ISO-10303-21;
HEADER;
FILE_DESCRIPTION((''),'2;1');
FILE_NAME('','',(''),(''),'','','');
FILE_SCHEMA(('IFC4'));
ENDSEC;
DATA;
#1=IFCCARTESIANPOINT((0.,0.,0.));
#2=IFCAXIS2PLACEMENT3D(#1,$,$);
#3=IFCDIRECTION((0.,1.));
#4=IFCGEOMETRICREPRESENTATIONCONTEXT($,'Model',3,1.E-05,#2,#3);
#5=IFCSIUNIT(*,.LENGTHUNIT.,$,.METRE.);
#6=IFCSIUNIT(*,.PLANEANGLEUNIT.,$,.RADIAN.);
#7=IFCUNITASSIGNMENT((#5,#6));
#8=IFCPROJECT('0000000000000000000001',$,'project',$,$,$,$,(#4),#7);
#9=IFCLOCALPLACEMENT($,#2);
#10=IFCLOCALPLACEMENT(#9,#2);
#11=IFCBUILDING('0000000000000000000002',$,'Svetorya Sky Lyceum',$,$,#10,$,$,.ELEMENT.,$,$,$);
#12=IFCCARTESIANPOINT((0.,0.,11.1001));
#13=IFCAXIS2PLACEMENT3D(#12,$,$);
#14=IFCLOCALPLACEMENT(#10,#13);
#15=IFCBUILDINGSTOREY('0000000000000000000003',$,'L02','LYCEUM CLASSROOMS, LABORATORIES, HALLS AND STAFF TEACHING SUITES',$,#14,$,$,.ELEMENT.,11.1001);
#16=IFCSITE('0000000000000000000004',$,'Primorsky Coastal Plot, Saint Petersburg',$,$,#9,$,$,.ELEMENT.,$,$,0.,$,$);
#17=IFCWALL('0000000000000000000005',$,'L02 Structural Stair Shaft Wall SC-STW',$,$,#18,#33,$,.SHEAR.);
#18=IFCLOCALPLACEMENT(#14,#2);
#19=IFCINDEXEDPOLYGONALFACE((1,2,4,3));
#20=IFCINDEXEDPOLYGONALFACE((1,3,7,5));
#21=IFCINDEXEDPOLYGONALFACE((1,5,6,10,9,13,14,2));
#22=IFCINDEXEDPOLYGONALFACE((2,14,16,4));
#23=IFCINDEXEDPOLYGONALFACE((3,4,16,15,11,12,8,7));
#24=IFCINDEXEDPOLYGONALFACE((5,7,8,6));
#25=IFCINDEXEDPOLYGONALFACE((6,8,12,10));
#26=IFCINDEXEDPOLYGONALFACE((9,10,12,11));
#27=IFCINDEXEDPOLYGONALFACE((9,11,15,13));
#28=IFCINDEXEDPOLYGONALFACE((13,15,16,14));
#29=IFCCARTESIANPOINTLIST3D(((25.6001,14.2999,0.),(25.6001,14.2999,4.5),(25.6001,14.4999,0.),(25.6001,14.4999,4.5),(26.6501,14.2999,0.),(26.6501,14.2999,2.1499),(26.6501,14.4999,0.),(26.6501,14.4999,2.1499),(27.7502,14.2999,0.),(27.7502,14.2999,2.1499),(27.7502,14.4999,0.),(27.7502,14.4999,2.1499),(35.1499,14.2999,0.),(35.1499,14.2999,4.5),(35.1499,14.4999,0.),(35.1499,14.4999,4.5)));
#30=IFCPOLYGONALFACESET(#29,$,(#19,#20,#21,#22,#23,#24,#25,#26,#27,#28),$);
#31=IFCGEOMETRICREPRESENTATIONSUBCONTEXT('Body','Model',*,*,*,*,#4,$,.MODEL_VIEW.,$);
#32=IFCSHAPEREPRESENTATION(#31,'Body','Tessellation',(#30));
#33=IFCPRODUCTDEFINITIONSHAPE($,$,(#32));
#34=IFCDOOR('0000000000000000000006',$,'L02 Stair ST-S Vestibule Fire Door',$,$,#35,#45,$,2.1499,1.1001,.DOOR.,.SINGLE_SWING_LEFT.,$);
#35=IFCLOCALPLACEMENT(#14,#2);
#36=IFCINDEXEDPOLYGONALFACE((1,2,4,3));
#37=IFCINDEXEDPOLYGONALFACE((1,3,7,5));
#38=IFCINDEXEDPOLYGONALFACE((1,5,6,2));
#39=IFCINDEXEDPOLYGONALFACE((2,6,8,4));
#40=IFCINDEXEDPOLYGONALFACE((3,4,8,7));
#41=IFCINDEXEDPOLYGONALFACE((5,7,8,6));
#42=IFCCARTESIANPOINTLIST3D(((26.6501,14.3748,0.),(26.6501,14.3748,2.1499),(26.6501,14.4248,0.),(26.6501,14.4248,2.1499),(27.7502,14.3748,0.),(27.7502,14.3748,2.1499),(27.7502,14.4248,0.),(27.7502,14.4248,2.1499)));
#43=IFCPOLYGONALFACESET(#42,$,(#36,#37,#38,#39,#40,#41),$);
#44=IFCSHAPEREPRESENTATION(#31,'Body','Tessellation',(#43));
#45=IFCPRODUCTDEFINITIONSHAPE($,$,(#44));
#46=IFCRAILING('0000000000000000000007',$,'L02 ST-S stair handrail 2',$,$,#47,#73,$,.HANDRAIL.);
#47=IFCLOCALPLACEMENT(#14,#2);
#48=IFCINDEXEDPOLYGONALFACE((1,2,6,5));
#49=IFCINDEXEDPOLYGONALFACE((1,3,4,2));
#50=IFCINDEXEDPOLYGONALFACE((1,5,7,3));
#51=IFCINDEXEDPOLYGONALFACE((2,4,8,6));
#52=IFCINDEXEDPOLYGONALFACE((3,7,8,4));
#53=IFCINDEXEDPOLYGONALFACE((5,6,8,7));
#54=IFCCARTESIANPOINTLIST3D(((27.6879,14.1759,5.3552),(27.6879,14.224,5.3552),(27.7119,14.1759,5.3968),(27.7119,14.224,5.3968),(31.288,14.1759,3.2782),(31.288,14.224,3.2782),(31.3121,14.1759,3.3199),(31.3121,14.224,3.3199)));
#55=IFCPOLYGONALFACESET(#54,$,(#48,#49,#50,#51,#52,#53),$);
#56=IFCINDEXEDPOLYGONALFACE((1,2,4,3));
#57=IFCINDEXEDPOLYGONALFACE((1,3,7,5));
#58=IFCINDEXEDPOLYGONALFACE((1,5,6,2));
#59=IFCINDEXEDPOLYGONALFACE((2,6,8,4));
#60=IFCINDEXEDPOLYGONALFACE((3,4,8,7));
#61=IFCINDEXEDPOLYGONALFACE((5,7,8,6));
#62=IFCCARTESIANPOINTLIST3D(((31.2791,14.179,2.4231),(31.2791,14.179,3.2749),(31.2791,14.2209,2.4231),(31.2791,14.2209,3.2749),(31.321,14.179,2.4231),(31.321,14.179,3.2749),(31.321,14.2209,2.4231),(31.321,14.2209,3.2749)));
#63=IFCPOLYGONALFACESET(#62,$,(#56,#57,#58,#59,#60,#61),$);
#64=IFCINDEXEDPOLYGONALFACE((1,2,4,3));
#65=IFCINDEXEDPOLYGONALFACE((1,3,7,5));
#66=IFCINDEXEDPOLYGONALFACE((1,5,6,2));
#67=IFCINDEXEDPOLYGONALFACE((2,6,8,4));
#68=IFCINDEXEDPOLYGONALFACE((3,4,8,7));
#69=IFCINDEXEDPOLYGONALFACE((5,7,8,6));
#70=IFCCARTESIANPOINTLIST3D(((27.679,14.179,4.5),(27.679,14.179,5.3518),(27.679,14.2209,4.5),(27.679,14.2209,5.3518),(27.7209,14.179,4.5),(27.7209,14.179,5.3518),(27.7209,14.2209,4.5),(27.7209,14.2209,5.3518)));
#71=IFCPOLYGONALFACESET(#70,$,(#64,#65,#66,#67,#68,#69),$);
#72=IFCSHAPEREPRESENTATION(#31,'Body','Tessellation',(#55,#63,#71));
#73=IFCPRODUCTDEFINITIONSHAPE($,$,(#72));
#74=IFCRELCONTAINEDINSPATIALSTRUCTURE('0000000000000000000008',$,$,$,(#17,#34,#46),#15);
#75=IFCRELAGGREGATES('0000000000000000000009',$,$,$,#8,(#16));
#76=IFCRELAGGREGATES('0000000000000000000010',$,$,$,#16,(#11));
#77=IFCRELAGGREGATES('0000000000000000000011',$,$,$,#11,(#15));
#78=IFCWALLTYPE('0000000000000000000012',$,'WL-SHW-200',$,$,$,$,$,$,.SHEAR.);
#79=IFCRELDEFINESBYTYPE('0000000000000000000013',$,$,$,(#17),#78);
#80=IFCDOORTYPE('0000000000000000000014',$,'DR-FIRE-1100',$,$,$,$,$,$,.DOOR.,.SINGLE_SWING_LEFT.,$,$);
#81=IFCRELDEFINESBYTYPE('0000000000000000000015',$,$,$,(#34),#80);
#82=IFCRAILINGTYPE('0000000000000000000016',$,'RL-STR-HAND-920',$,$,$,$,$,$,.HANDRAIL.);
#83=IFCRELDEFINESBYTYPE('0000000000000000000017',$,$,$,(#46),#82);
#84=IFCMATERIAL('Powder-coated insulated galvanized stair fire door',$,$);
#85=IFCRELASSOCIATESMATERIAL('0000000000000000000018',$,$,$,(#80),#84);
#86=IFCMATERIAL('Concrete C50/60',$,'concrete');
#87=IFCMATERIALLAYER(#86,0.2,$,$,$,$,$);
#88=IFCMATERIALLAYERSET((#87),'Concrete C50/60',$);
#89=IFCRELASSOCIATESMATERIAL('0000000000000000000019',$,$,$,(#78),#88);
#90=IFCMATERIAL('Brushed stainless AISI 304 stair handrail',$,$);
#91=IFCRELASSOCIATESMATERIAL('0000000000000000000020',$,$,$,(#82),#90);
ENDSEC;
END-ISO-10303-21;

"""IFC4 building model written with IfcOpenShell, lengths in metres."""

from ifc_helpers import new_model, si_unit, direction, frame, frame_2d, origin, origin_2d, place, context, subcontext, project, spatial, rectangle, extrude, material, layer, layer_set, type_object, element, fill, save


model = new_model("IFC4")

# Units and contexts
model_context = context("Model", 3, precision=1e-05, world=origin(), true_north=direction((0.0, 1.0)))
body_context = subcontext(model_context, "Body", "Model", "MODEL_VIEW")
ifc_project = project(units=[si_unit("LENGTHUNIT", "METRE"), si_unit("PLANEANGLEUNIT", "RADIAN")], contexts=[model_context])

# Site, building, storey
site_placement = place(None, origin())
site = spatial("IfcSite", under=ifc_project, at=site_placement, Name="Primorsky Coastal Plot, Saint Petersburg", CompositionType="ELEMENT", RefElevation=0.0)
building_placement = place(site_placement, origin())
building = spatial("IfcBuilding", under=site, at=building_placement, Name="Svetorya Sky Lyceum", CompositionType="ELEMENT")
storey_placement = place(building_placement, frame((0.0, 0.0, 11.1001)))
storey = spatial("IfcBuildingStorey", under=building, at=storey_placement, Name="L02", Description="LYCEUM CLASSROOMS, LABORATORIES, HALLS AND STAFF TEACHING SUITES", CompositionType="ELEMENT", Elevation=11.1001)

# Shared definitions
ifc_material_1 = material(Name="Powder-coated insulated galvanized stair fire door")
door_type_1 = type_object("IfcDoorType", Name="DR-FIRE-1100", OperationType="SINGLE_SWING_LEFT", PredefinedType="DOOR", material=ifc_material_1)

# Wall, opening, door
ifc_material_2 = material(Name="Concrete C50/60", Category="concrete")
ifc_layer_1 = layer(ifc_material_2, 0.2)
ifc_layer_set_1 = layer_set([ifc_layer_1], Name="Concrete C50/60")
wall_type_1 = type_object("IfcWallType", Name="WL-SHW-200", PredefinedType="SHEAR", material=ifc_layer_set_1)
wall_1_placement = place(storey_placement, frame((25.6001, 14.3999, 0.0), z_axis=(0.0, 0.0, 1.0), x_axis=(1.0, 0.0, 0.0)))
wall_1 = element("IfcWall", 1, at=wall_1_placement, inside=storey, type_object=wall_type_1, Name="L02 Structural Stair Shaft Wall SC-STW", PredefinedType="SHEAR", context=body_context, shape_type="SweptSolid", body=[
    extrude(rectangle(XDim=9.5498, YDim=0.2, at=frame_2d((4.7749, 0.0))), origin(), (0.0, 0.0, 1.0), 4.5),
])
opening_1_placement = place(wall_1_placement, frame((1.05, 0.0, 0.0)))
opening_1 = element("IfcOpeningElement", 2, at=opening_1_placement, cuts=wall_1, PredefinedType="OPENING", context=body_context, shape_type="SweptSolid", body=[
    extrude(rectangle(XDim=1.1001, YDim=2.1499, at=frame_2d((0.55, 1.075))), frame((0.0, 0.1099, 0.0), z_axis=(0.0, -1.0, 0.0), x_axis=(1.0, 0.0, 0.0)), (0.0, 0.0, 1.0), 0.22),
])
door_1_placement = place(opening_1_placement, origin())
door_1 = element("IfcDoor", 3, at=door_1_placement, inside=storey, type_object=door_type_1, Name="L02 Stair ST-S Vestibule Fire Door", OperationType="SINGLE_SWING_LEFT", OverallHeight=2.1499, OverallWidth=1.1001, PredefinedType="DOOR", context=body_context, shape_type="SweptSolid", body=[
    extrude(rectangle(XDim=1.1001, YDim=2.1499, at=frame_2d((0.55, 1.075))), frame((0.0, 0.0249, 0.0), z_axis=(0.0, -1.0, 0.0), x_axis=(1.0, 0.0, 0.0)), (0.0, 0.0, 1.0), 0.05),
])
fill(opening_1, door_1)

# Railing
ifc_material_3 = material(Name="Brushed stainless AISI 304 stair handrail")
railing_type = type_object("IfcRailingType", Name="RL-STR-HAND-920", PredefinedType="HANDRAIL", material=ifc_material_3)
railing_placement = place(storey_placement, frame((31.3, 14.2, 2.4231)))
element("IfcRailing", 4, at=railing_placement, inside=storey, type_object=railing_type, Name="L02 ST-S stair handrail 2", PredefinedType="HANDRAIL", context=body_context, shape_type="SweptSolid", body=[
    extrude(rectangle(XDim=0.0481, YDim=0.0481, at=origin_2d()), frame((0.0, 0.0, 0.876), z_axis=(-0.866193, 0.0, 0.499709), x_axis=(0.0, -1.0, 0.0)), (0.0, 0.0, 1.0), 4.1562),
    extrude(rectangle(XDim=0.042, YDim=0.042, at=origin_2d()), origin(), (0.0, 0.0, 1.0), 0.8518),
    extrude(rectangle(XDim=0.042, YDim=0.042, at=origin_2d()), frame((-3.6001, 0.0, 2.0769)), (0.0, 0.0, 1.0), 0.8518),
])

save(model, "model.ifc")
